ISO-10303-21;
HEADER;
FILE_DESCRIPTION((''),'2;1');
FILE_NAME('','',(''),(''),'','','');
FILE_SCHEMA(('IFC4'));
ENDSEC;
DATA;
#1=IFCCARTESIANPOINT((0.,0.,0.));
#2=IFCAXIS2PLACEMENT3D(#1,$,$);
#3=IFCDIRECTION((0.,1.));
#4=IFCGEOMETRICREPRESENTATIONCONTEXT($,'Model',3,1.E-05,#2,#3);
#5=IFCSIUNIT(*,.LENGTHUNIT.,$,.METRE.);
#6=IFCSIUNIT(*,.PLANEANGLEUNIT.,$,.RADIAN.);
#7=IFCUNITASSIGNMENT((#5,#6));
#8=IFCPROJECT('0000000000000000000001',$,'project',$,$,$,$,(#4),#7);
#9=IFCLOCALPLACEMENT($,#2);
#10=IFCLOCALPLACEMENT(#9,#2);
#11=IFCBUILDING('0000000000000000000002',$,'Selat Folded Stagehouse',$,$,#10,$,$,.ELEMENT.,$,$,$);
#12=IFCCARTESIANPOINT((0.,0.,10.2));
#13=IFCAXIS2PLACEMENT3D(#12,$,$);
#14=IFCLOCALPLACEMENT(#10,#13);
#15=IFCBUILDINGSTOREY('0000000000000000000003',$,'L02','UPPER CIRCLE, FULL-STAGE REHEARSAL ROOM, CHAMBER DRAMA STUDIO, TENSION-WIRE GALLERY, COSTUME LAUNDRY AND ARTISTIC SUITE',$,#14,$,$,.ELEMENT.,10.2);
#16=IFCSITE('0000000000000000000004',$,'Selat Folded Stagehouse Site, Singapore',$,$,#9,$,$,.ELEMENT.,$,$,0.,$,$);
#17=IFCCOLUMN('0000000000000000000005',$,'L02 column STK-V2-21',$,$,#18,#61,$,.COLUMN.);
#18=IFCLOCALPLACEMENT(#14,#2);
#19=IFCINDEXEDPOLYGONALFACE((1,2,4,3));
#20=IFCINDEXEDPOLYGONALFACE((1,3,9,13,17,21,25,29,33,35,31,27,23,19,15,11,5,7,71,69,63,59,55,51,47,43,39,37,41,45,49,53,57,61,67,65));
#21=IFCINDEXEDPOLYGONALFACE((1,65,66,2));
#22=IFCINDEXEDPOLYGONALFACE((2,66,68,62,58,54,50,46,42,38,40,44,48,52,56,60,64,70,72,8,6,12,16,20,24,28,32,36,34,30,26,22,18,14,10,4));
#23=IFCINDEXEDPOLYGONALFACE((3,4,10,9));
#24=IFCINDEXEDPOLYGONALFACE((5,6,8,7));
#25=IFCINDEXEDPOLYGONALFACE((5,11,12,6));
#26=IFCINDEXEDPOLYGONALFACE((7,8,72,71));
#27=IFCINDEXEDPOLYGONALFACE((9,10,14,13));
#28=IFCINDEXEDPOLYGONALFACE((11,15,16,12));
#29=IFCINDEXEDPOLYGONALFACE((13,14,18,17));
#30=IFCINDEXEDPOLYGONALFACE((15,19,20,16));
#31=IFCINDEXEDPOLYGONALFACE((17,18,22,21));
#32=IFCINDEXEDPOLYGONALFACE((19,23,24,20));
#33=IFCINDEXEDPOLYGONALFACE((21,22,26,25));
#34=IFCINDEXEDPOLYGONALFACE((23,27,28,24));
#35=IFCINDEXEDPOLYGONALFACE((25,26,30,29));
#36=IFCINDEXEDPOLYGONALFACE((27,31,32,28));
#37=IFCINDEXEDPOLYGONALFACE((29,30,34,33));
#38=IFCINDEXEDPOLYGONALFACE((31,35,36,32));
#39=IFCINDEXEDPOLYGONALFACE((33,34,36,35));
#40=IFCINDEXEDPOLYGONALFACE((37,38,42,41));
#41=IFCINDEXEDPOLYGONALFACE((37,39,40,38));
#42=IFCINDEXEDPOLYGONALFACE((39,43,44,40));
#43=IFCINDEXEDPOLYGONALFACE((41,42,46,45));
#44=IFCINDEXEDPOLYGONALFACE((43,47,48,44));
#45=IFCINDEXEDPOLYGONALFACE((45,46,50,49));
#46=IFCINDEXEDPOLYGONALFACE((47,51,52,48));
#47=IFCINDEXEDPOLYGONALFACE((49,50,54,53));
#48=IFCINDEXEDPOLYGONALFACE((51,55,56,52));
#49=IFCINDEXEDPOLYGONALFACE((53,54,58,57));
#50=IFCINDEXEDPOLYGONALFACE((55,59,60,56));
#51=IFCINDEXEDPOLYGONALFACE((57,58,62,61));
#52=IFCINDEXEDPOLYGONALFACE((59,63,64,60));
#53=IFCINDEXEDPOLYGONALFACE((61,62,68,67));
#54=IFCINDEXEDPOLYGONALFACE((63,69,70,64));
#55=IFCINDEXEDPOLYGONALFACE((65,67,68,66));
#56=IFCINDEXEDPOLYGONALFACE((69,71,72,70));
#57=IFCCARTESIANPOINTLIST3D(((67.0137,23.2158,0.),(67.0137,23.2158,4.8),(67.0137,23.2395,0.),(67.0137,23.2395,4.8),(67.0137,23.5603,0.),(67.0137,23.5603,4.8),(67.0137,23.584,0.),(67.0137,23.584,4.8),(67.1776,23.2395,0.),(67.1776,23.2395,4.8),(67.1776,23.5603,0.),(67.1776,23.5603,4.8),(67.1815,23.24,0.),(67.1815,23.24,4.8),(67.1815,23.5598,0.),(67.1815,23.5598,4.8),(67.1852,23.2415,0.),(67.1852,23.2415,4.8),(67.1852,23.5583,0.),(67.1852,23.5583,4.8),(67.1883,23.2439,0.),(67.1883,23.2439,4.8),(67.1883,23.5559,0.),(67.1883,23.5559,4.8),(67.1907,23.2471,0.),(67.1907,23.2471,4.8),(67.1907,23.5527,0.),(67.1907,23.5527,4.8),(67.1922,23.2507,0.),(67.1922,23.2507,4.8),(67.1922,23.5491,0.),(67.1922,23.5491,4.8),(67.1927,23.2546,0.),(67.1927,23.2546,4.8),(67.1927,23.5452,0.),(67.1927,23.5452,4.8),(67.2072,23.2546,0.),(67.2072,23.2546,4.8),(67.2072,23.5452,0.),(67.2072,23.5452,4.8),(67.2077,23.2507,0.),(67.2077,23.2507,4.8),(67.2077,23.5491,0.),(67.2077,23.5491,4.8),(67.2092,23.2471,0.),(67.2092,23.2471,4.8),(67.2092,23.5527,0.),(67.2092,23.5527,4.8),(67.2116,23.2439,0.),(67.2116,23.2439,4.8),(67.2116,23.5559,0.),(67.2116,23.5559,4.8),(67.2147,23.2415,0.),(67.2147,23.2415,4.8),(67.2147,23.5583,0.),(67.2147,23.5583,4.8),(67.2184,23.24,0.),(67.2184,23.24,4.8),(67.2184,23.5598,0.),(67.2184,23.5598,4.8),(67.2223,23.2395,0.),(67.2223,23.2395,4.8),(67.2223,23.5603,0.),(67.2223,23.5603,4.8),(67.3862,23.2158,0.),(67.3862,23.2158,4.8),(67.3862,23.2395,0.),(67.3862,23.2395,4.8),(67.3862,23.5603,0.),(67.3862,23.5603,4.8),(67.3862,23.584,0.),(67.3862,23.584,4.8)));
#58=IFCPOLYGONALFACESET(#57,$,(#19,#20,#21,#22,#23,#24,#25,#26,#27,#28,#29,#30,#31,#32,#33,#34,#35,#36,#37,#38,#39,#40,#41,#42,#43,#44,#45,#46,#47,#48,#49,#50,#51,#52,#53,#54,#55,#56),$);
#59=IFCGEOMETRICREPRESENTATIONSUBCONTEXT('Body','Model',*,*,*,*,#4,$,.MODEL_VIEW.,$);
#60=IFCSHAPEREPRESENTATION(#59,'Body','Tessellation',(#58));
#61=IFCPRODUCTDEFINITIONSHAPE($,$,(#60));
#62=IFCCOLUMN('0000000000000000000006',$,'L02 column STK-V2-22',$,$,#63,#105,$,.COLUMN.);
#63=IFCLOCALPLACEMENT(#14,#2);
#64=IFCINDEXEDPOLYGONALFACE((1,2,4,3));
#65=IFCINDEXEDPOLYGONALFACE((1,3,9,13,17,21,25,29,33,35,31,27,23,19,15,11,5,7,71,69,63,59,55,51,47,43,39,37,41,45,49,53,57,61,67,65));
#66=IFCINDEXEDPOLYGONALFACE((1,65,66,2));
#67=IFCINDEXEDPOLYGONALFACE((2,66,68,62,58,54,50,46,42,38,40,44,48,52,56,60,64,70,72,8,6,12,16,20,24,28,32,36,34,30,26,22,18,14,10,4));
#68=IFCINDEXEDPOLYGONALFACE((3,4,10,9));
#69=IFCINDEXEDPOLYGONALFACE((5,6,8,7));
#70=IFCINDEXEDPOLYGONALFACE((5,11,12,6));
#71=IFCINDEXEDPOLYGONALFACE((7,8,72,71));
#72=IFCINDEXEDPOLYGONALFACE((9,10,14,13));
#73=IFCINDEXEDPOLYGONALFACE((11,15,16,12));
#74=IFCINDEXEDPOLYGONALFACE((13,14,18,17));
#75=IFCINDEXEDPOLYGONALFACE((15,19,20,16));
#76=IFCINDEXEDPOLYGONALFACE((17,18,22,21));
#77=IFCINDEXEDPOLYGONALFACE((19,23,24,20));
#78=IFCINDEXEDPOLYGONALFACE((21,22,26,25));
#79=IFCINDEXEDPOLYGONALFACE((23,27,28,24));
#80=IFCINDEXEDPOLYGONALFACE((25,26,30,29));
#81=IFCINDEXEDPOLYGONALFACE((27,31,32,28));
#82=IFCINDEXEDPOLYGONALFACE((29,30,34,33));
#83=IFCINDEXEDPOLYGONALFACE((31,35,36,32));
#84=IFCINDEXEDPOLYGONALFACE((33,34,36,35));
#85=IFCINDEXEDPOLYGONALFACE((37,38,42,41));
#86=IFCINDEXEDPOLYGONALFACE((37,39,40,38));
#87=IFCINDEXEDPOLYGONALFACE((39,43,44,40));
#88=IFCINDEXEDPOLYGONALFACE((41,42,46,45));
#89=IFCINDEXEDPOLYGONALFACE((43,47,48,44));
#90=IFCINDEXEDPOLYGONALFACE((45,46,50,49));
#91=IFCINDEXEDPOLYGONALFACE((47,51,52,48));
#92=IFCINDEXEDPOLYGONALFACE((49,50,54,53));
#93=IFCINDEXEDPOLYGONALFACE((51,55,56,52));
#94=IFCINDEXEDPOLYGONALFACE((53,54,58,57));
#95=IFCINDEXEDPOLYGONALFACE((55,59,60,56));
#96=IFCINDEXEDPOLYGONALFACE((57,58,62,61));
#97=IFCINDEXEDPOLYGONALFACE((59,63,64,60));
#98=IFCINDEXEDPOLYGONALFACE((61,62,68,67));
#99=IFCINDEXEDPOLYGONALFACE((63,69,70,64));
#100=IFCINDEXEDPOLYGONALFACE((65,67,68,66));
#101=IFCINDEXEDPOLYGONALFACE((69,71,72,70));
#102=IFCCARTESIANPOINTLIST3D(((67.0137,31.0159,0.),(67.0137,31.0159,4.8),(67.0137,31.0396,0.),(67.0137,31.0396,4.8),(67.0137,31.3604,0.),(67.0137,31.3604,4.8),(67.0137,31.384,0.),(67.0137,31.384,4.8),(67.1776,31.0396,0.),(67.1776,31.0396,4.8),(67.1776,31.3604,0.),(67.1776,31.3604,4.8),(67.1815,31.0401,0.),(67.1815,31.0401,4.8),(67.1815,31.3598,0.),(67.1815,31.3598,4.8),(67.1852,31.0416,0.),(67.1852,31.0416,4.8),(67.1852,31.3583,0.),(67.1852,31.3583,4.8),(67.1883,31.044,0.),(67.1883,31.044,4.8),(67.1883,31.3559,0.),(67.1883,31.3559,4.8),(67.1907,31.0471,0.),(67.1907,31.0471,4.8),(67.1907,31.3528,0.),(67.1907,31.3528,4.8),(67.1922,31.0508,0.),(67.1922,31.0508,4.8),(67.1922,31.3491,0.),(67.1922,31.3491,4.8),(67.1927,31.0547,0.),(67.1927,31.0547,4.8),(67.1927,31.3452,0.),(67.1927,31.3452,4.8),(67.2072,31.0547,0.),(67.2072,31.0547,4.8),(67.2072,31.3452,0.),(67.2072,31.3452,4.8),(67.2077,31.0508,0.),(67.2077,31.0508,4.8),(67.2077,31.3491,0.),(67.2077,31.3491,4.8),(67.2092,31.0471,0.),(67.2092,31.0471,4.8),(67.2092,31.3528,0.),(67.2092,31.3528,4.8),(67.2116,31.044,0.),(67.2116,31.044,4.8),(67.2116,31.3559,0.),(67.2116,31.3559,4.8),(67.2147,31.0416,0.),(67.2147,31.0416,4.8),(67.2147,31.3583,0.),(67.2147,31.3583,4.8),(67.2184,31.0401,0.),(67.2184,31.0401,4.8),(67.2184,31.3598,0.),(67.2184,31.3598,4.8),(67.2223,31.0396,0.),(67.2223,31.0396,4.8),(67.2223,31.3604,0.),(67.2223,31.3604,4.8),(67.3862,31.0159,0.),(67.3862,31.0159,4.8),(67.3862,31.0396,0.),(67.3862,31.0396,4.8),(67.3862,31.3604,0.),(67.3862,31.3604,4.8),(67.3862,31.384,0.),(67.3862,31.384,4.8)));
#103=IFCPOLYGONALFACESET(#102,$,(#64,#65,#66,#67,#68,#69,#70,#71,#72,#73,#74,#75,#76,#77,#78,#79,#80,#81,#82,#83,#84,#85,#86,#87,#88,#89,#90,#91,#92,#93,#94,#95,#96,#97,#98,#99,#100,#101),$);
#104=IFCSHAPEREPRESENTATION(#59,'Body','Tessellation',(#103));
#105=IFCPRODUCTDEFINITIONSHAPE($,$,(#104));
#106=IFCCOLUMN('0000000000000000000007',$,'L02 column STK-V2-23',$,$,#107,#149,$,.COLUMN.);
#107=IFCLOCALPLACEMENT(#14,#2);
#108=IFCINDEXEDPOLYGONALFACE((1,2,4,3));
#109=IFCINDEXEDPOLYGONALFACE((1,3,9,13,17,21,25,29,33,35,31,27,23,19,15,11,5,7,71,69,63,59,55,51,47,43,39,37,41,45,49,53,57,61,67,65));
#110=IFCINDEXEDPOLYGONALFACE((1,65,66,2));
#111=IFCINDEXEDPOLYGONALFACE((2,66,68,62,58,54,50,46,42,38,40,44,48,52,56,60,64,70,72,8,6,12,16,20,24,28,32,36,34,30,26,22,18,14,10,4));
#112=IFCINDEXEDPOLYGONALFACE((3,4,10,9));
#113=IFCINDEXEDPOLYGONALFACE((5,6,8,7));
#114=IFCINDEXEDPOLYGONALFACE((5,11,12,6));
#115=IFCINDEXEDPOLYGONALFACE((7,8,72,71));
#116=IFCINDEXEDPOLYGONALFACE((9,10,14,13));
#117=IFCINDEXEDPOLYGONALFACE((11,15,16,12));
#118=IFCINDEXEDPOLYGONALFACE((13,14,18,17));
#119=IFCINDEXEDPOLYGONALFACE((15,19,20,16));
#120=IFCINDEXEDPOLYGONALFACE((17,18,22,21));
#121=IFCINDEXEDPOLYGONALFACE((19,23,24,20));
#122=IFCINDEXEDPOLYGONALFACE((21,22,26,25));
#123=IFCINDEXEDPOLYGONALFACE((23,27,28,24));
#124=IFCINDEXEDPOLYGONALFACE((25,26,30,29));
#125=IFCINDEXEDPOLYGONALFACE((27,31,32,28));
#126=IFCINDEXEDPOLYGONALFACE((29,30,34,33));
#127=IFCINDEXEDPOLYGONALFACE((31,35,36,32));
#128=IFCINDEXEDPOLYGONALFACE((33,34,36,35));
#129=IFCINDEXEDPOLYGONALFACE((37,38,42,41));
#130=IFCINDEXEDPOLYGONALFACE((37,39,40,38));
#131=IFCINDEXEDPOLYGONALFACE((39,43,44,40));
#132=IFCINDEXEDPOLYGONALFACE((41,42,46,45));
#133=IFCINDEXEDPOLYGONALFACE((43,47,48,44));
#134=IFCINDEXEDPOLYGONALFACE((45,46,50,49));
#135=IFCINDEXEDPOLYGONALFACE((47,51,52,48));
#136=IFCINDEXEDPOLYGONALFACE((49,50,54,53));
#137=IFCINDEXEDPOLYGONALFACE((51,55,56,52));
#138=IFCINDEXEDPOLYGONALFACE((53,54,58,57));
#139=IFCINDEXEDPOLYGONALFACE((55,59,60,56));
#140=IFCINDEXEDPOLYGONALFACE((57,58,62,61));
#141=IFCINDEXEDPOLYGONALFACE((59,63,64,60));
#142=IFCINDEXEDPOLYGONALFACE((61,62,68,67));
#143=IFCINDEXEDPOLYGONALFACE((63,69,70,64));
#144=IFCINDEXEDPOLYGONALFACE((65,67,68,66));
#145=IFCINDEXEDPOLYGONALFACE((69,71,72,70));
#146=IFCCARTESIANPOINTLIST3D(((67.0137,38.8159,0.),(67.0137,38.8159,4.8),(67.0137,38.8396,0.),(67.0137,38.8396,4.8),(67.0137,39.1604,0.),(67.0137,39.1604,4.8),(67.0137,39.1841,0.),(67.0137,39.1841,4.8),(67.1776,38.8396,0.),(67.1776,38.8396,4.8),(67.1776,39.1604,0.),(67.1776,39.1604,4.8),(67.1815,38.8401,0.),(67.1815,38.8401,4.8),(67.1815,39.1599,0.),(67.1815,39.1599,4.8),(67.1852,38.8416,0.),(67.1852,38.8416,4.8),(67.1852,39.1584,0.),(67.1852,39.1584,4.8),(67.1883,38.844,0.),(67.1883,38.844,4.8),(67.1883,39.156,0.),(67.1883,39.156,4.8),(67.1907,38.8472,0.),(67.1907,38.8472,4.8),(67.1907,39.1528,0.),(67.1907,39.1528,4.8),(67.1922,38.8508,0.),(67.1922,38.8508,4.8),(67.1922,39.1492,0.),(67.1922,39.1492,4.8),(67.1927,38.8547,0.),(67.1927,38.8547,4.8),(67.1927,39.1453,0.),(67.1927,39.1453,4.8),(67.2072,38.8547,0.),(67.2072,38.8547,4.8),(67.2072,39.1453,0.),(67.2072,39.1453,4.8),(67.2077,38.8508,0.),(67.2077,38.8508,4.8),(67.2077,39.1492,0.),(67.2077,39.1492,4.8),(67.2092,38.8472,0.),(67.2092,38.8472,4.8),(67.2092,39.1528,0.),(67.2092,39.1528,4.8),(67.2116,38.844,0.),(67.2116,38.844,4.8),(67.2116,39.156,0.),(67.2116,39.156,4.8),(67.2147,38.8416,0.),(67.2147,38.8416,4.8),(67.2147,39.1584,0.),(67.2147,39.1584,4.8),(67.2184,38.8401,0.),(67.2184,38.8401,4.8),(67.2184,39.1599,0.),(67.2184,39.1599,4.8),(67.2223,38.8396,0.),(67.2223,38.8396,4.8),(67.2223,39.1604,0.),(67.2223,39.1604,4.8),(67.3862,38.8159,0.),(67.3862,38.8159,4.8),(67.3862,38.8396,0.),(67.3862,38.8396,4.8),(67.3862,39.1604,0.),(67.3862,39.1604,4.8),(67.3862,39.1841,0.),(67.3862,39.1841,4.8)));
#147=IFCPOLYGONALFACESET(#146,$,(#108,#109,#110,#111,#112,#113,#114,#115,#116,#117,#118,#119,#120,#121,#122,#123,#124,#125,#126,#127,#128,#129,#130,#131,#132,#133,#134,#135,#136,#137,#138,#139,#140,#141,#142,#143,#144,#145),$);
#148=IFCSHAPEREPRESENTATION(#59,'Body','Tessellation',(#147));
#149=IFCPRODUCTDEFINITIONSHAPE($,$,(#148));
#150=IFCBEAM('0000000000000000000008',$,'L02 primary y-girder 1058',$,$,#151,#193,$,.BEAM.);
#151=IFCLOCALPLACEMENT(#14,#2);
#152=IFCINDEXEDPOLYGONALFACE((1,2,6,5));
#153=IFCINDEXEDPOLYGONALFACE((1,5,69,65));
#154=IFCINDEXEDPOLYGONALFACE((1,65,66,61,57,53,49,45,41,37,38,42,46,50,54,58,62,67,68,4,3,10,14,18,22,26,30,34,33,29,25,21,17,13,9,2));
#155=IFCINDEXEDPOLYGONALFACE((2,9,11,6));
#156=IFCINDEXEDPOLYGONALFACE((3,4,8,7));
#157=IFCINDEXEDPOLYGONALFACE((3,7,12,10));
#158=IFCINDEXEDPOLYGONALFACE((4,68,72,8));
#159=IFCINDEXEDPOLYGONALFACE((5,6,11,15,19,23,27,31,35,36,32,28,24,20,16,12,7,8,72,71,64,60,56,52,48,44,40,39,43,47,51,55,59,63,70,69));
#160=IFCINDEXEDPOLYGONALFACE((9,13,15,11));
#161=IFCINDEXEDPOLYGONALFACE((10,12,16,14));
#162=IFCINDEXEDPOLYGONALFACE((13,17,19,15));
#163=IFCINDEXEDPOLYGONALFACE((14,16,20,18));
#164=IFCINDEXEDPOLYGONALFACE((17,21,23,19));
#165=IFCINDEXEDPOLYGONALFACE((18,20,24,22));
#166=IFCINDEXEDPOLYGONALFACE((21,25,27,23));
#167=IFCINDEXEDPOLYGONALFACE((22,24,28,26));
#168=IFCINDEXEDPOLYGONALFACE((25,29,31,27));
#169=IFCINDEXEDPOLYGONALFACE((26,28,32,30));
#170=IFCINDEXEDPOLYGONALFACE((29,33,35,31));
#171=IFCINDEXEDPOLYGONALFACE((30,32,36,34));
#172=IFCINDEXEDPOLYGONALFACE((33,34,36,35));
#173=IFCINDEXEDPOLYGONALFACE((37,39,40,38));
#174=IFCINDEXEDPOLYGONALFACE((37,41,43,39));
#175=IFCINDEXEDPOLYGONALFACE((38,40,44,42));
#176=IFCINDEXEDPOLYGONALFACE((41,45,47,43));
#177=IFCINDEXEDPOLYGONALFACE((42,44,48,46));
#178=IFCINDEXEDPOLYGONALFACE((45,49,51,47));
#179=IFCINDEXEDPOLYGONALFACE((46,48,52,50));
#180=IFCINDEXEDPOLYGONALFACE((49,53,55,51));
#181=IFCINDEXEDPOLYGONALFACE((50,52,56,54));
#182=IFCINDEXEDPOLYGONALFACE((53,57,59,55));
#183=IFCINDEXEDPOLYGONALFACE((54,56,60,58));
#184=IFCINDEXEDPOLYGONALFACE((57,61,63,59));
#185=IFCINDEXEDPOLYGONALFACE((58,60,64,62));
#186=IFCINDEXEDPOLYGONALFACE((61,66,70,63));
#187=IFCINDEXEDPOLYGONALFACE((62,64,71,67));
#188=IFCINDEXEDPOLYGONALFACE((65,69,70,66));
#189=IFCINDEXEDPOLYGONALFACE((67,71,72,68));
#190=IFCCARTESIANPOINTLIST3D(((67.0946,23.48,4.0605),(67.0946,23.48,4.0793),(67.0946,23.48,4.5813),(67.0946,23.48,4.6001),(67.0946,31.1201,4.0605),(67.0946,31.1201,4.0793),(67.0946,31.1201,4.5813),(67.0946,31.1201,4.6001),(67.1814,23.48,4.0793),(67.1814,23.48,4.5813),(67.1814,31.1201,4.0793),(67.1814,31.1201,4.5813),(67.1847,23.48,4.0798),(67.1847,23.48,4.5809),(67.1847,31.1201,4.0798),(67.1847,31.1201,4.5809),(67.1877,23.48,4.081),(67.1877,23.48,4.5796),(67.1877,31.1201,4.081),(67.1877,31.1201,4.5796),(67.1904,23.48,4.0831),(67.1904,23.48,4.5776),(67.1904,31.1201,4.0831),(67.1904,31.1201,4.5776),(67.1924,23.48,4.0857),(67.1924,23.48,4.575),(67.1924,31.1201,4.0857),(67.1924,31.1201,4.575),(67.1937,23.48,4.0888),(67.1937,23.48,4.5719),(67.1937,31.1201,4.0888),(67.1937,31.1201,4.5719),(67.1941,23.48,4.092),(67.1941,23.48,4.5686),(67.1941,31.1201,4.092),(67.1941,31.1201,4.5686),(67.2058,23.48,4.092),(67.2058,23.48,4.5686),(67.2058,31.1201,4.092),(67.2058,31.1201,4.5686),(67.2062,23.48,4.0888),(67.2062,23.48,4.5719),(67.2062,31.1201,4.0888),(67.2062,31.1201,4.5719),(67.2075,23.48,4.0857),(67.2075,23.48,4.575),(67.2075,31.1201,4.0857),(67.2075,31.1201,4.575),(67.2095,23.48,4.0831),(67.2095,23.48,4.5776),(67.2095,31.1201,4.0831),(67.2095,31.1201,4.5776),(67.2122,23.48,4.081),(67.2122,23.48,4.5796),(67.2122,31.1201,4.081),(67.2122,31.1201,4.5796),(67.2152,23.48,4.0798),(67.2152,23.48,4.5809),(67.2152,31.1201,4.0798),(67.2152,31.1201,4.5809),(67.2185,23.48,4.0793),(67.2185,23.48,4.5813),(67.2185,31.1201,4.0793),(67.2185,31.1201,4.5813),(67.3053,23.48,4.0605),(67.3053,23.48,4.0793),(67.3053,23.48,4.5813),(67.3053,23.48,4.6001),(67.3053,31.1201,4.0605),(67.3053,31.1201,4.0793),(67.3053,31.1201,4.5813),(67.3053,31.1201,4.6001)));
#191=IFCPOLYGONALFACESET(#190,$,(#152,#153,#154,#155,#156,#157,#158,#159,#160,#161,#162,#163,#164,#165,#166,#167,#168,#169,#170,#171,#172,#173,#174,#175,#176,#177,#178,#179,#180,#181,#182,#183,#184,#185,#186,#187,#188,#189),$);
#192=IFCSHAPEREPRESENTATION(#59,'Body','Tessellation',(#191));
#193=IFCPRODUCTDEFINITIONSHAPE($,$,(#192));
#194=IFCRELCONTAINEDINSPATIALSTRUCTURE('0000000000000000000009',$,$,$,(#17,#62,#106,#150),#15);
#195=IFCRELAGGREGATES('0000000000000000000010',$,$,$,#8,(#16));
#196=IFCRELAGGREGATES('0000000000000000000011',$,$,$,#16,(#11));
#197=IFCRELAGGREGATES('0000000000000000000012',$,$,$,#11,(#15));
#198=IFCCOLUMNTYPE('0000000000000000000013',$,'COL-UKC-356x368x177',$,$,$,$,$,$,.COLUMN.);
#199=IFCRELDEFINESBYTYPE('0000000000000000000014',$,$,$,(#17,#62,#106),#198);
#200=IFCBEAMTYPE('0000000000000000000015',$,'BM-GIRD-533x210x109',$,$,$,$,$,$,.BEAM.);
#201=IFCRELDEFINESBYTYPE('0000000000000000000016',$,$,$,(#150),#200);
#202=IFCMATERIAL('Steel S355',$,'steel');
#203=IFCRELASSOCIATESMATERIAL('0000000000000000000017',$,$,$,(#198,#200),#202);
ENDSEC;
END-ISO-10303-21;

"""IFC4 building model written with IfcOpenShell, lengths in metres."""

from ifc_helpers import new_model, si_unit, direction, frame, origin, origin_2d, place, context, subcontext, project, spatial, i_section, extrude, material, material_profile, profile_set, type_object, element, save


model = new_model("IFC4")

# Units and contexts
model_context = context("Model", 3, precision=1e-05, world=origin(), true_north=direction((0.0, 1.0)))
body_context = subcontext(model_context, "Body", "Model", "MODEL_VIEW")
ifc_project = project(units=[si_unit("LENGTHUNIT", "METRE"), si_unit("PLANEANGLEUNIT", "RADIAN")], contexts=[model_context])

# Site, building, storey
site_placement = place(None, origin())
site = spatial("IfcSite", under=ifc_project, at=site_placement, Name="Selat Folded Stagehouse Site, Singapore", CompositionType="ELEMENT", RefElevation=0.0)
building_placement = place(site_placement, origin())
building = spatial("IfcBuilding", under=site, at=building_placement, Name="Selat Folded Stagehouse", CompositionType="ELEMENT")
storey_placement = place(building_placement, frame((0.0, 0.0, 10.2)))
storey = spatial("IfcBuildingStorey", under=building, at=storey_placement, Name="L02", Description="UPPER CIRCLE, FULL-STAGE REHEARSAL ROOM, CHAMBER DRAMA STUDIO, TENSION-WIRE GALLERY, COSTUME LAUNDRY AND ARTISTIC SUITE", CompositionType="ELEMENT", Elevation=10.2)

# Columns
ifc_material_1 = material(Name="Steel S355", Category="steel")
ifc_material_profile_1 = material_profile(ifc_material_1, i_section(OverallWidth=0.3726, OverallDepth=0.3682, WebThickness=0.0144, FlangeThickness=0.0237, FilletRadius=0.0151, at=origin_2d()), Name="UKC 356x368x177")
ifc_profile_set_1 = profile_set([ifc_material_profile_1], Name="Steel S355")
column_type = type_object("IfcColumnType", Name="COL-UKC-356x368x177", PredefinedType="COLUMN", material=ifc_profile_set_1)
for number, where, z_axis, x_axis, name in (
    (1, (67.2, 23.3999, 0.0), (0.0, 0.0, 1.0), (1.0, 0.0, 0.0), "L02 column STK-V2-21"),
    (2, (67.2, 31.2, 0.0), (0.0, 0.0, 1.0), (1.0, 0.0, 0.0), "L02 column STK-V2-22"),
    (3, (67.2, 39.0, 0.0), (0.0, 0.0, 1.0), (1.0, 0.0, 0.0), "L02 column STK-V2-23"),
):
    element("IfcColumn", number, at=place(storey_placement, frame(where, z_axis=z_axis, x_axis=x_axis)), inside=storey, type_object=column_type, Name=name, PredefinedType="COLUMN", context=body_context, shape_type="SweptSolid", body=[
        extrude(i_section(OverallWidth=0.3726, OverallDepth=0.3682, WebThickness=0.0144, FlangeThickness=0.0237, FilletRadius=0.0151, at=origin_2d()), origin(), (0.0, 0.0, 1.0), 4.8),
    ])

# Beam
ifc_material_profile_2 = material_profile(ifc_material_1, i_section(OverallWidth=0.2107, OverallDepth=0.5396, WebThickness=0.0117, FlangeThickness=0.0188, FilletRadius=0.0127, at=origin_2d()), Name="UKB 533x210x109")
ifc_profile_set_2 = profile_set([ifc_material_profile_2], Name="Steel S355")
beam_type_1 = type_object("IfcBeamType", Name="BM-GIRD-533x210x109", PredefinedType="BEAM", material=ifc_profile_set_2)
beam_1_placement = place(storey_placement, frame((67.2, 23.48, 4.3303), z_axis=(0.0, 1.0, 0.0), x_axis=(-1.0, 0.0, 0.0)))
element("IfcBeam", 4, at=beam_1_placement, inside=storey, type_object=beam_type_1, Name="L02 primary y-girder 1058", PredefinedType="BEAM", context=body_context, shape_type="SweptSolid", body=[
    extrude(i_section(OverallWidth=0.2107, OverallDepth=0.5396, WebThickness=0.0117, FlangeThickness=0.0188, FilletRadius=0.0127, at=origin_2d()), origin(), (0.0, 0.0, 1.0), 7.6401),
])

save(model, "model.ifc")
